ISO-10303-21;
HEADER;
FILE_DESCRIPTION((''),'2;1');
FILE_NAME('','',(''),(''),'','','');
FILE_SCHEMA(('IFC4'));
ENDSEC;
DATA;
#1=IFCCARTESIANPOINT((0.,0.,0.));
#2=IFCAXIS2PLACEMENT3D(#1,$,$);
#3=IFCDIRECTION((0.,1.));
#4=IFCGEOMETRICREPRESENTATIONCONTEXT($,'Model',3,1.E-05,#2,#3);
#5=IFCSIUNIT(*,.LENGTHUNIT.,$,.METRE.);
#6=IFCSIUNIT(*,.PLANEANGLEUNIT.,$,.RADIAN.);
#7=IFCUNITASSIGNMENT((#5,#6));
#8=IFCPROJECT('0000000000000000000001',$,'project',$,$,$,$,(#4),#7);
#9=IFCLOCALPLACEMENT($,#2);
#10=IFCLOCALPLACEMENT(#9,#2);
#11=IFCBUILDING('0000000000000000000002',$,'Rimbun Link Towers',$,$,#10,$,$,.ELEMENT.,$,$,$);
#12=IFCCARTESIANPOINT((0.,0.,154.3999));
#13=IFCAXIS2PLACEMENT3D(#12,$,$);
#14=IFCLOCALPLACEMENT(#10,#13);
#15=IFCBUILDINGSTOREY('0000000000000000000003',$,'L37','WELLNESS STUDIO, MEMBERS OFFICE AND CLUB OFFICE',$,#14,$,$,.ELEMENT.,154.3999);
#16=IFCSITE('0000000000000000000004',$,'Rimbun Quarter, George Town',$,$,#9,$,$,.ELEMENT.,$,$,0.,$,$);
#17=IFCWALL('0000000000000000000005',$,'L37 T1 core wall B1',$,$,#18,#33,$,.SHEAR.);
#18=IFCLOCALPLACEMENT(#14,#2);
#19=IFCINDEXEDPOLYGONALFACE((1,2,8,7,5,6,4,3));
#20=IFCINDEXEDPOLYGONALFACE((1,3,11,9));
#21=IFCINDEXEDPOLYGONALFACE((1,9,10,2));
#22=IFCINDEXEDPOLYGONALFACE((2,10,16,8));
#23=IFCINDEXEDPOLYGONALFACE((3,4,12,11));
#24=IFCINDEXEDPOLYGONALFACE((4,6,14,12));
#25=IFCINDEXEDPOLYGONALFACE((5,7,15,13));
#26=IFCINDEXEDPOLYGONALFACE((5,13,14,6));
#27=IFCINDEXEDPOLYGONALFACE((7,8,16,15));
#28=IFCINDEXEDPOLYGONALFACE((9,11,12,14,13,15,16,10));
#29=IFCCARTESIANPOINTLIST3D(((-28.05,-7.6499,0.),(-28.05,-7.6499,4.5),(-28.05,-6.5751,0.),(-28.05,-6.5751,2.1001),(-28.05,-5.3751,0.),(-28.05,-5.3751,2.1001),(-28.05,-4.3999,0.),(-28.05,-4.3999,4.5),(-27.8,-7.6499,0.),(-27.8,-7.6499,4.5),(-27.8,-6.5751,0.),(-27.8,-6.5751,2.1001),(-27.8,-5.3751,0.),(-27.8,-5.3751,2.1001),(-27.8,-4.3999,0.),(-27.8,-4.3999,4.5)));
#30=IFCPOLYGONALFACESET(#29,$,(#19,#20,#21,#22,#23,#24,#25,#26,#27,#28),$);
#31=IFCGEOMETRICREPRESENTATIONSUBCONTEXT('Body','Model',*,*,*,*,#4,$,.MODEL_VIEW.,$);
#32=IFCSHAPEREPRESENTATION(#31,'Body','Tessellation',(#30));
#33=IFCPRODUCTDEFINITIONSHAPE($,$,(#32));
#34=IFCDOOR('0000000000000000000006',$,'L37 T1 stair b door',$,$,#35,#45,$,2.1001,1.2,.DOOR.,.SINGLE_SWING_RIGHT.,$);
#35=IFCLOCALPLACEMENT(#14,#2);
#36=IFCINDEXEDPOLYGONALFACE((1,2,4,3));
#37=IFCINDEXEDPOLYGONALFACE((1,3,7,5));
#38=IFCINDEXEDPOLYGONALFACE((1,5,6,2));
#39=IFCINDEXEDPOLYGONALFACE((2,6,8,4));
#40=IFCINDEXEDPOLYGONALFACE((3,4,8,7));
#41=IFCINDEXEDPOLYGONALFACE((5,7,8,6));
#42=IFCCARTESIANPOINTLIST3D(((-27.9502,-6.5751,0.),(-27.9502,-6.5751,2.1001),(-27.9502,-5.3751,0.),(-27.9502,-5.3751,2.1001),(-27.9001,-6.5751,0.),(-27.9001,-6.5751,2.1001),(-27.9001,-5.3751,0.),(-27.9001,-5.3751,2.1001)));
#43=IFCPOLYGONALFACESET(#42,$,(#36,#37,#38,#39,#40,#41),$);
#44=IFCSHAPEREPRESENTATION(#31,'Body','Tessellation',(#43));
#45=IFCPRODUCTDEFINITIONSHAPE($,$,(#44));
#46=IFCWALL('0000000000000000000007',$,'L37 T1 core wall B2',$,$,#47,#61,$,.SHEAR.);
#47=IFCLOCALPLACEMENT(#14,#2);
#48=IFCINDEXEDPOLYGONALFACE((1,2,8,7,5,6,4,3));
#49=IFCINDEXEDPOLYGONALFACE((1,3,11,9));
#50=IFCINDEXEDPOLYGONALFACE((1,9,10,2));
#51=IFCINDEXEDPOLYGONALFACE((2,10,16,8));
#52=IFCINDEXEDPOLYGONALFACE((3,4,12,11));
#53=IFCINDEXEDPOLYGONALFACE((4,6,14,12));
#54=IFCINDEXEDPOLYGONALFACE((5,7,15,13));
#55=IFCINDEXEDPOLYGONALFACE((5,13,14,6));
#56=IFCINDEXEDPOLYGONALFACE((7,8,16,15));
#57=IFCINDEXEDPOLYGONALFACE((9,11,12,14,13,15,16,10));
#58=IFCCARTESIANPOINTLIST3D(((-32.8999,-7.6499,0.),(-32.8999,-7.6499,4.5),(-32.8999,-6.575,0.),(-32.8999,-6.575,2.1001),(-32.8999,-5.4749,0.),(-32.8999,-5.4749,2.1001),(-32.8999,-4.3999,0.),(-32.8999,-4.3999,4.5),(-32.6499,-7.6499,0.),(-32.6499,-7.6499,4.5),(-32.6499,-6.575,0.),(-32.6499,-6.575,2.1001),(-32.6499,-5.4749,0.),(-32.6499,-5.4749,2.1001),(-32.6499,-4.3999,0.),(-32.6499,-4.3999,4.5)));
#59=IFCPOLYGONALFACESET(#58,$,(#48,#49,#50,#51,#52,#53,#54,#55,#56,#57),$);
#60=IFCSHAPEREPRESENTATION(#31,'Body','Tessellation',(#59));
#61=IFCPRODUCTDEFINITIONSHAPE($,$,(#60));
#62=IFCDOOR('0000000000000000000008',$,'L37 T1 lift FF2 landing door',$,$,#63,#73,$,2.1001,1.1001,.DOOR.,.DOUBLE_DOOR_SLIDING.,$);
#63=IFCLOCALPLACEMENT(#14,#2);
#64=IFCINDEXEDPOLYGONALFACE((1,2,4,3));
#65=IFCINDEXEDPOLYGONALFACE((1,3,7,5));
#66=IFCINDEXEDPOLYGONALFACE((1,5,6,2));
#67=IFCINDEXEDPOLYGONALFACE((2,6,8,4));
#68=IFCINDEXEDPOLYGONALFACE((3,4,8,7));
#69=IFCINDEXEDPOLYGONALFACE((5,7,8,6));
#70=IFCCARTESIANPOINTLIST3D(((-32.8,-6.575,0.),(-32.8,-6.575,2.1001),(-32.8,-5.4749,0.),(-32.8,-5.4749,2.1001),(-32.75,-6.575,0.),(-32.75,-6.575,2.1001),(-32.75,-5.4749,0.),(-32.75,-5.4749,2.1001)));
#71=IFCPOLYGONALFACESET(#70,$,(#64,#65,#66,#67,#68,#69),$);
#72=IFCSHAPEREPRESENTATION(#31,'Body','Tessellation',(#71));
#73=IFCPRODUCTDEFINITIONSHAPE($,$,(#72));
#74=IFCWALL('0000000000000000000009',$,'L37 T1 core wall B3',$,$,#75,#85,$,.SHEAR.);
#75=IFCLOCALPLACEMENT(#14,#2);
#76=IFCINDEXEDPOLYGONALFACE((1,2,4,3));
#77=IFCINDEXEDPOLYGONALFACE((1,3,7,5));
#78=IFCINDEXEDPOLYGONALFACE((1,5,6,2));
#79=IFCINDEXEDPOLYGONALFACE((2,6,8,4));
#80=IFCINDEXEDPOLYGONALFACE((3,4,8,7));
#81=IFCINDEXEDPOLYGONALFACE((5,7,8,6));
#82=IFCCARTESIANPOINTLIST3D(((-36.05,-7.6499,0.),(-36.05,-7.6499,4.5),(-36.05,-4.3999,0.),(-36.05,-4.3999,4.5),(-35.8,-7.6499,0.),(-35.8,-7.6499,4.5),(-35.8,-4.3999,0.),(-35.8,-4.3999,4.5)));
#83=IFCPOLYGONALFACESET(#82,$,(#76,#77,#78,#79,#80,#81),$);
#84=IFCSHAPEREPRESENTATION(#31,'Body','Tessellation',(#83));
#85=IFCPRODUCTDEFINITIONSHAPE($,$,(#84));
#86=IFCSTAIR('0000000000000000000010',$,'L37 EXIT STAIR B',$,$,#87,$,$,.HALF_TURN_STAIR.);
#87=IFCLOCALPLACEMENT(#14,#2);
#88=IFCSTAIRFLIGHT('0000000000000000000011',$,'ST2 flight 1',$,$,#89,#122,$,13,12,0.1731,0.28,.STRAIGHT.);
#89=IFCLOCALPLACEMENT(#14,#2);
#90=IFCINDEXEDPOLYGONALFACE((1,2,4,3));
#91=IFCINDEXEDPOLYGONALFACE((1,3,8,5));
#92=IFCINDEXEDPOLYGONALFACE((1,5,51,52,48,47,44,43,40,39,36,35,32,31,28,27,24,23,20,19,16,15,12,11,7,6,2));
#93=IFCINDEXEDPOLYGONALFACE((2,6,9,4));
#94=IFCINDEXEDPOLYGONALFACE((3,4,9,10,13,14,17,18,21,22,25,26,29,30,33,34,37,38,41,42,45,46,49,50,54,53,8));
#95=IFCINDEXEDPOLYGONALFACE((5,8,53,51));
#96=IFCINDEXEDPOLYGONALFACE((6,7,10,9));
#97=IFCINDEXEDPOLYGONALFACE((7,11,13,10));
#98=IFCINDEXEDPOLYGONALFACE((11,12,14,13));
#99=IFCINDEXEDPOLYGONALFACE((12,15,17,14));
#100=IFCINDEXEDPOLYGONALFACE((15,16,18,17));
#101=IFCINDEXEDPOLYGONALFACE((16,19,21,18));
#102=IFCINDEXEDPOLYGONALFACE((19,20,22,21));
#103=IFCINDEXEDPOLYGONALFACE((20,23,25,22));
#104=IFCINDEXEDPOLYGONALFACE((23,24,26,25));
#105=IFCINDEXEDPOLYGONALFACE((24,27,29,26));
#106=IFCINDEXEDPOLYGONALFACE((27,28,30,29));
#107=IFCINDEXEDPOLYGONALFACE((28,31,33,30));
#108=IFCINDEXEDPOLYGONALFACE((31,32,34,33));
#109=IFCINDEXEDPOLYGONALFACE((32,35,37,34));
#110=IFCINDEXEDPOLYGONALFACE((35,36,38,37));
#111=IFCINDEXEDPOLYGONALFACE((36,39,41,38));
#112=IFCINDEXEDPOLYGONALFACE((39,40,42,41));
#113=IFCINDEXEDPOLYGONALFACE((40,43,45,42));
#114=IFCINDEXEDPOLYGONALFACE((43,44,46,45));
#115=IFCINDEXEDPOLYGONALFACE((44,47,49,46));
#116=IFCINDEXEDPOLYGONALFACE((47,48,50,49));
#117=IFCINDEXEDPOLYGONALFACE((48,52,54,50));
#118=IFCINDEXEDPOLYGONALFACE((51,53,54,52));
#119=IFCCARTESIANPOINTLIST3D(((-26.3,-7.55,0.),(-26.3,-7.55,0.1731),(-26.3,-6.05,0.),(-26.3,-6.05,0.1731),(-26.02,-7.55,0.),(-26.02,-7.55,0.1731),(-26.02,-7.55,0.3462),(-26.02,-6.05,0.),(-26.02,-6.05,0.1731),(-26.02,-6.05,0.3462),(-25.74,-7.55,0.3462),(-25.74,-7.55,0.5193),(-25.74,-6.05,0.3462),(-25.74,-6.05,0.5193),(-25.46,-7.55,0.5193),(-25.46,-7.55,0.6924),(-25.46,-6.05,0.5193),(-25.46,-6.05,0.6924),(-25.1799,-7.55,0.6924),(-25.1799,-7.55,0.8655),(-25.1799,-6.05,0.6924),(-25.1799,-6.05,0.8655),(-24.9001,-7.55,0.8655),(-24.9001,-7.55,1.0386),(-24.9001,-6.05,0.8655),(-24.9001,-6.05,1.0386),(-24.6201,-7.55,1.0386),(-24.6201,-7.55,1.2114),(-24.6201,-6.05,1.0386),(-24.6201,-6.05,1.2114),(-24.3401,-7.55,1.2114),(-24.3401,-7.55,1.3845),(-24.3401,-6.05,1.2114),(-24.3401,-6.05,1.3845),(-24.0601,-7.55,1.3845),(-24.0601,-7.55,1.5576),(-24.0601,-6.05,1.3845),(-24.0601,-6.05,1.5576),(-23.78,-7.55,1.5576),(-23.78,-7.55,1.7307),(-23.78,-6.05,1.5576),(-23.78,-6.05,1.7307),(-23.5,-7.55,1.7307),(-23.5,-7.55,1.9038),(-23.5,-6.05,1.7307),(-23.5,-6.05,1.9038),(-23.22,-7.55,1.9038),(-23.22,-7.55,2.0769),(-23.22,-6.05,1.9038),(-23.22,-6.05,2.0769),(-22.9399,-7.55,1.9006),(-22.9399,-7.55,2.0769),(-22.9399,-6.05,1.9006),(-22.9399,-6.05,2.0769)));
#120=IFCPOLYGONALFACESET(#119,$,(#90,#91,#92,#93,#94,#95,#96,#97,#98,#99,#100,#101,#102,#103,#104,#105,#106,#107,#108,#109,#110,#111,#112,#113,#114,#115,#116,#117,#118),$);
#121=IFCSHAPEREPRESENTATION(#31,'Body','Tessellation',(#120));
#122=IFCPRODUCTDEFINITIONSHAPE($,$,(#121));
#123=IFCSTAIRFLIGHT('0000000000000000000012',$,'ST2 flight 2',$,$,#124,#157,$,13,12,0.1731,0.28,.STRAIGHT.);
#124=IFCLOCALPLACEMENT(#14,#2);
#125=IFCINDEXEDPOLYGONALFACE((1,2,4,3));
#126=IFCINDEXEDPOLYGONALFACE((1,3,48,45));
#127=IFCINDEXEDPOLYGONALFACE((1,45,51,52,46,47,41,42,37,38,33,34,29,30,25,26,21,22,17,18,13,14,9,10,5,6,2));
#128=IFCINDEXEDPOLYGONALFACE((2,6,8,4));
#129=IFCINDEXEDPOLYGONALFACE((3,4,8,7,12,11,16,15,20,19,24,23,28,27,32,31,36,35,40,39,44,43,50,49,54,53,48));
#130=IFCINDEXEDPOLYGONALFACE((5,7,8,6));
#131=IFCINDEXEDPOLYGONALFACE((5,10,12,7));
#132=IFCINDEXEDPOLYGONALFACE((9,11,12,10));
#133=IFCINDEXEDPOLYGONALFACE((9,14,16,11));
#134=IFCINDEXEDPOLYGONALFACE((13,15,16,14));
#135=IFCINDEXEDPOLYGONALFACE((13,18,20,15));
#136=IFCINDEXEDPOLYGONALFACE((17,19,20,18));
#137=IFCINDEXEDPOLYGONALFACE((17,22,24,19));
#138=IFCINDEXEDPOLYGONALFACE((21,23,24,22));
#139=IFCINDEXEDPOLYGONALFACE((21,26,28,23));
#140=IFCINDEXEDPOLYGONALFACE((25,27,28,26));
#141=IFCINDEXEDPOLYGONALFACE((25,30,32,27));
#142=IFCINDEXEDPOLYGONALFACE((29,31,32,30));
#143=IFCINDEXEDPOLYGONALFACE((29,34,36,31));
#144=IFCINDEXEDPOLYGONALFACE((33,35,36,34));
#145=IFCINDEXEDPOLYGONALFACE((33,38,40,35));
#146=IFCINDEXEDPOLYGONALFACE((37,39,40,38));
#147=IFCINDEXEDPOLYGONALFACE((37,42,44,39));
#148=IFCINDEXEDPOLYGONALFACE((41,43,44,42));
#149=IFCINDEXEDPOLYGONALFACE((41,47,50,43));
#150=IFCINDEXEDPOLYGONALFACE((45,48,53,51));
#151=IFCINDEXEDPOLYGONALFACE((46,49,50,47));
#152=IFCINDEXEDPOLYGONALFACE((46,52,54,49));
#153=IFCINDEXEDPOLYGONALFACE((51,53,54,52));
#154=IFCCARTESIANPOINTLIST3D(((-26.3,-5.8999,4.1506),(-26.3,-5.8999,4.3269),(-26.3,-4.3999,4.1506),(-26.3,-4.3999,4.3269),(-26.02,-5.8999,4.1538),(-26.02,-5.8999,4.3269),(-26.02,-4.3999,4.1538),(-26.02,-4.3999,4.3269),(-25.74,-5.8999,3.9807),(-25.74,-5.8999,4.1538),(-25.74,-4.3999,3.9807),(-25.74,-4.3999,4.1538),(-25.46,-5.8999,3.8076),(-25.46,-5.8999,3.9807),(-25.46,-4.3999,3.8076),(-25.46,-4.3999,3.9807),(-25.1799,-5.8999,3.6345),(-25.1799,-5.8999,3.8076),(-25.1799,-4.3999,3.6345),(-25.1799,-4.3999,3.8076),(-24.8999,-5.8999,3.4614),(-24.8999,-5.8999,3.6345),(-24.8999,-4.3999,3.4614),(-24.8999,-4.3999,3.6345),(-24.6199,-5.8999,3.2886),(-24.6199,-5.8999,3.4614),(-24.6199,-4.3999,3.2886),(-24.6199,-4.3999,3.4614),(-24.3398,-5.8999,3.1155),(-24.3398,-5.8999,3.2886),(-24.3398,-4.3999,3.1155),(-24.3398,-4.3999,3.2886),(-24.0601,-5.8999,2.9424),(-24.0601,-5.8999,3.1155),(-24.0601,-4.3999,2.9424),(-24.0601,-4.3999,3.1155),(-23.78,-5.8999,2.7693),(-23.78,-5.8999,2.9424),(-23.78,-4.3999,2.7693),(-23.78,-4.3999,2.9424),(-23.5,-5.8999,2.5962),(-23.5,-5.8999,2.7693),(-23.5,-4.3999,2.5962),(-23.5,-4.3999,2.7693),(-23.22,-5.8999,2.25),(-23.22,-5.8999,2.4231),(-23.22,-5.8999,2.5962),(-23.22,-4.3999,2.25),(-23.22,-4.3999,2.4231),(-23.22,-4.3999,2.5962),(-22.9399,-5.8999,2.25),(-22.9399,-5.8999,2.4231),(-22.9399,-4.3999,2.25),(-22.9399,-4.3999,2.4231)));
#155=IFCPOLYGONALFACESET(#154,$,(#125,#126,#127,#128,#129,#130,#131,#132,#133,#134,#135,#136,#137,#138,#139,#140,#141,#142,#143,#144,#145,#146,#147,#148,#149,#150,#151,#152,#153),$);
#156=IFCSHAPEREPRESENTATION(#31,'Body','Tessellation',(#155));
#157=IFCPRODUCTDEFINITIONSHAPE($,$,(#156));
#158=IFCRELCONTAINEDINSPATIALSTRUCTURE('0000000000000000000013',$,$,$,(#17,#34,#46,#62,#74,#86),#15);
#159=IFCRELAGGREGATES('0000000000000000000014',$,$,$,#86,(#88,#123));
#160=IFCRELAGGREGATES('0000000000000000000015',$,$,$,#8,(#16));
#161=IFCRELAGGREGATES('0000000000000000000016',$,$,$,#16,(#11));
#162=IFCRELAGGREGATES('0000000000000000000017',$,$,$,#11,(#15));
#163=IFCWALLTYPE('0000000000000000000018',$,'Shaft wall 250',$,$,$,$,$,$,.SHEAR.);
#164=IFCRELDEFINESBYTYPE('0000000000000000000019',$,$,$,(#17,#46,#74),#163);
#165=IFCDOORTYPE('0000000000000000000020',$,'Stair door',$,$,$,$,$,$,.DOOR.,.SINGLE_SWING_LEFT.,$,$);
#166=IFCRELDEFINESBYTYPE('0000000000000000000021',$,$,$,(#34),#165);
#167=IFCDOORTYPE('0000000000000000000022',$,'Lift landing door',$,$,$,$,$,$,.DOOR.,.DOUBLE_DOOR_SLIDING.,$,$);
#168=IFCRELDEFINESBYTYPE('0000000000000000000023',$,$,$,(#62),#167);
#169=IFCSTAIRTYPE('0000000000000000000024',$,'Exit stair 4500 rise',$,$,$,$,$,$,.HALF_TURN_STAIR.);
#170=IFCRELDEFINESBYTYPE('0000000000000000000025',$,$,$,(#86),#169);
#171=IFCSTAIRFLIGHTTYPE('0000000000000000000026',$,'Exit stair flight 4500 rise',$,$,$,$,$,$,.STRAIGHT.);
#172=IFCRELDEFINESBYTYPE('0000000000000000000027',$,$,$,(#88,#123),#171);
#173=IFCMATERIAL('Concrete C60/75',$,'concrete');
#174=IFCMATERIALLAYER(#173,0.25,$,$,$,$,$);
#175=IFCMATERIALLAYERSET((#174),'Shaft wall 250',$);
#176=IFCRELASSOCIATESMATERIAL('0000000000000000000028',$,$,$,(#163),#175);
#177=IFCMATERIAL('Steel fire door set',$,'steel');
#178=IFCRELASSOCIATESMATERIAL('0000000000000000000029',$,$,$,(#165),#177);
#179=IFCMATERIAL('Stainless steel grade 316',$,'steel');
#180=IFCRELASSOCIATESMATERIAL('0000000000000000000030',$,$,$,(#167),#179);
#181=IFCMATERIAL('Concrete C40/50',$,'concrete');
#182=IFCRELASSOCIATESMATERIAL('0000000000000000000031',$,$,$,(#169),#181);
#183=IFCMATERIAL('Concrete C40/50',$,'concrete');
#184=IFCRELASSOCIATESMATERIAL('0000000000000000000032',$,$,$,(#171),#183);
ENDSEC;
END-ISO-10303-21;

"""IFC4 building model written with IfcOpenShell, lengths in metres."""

from ifc_helpers import new_model, si_unit, direction, frame, frame_2d, origin, place, context, subcontext, project, spatial, polyline, rectangle, outline, extrude, material, layer, layer_set, type_object, element, fill, aggregate, save


model = new_model("IFC4")

# Units and contexts
model_context = context("Model", 3, precision=1e-05, world=origin(), true_north=direction((0.0, 1.0)))
body_context = subcontext(model_context, "Body", "Model", "MODEL_VIEW")
ifc_project = project(units=[si_unit("LENGTHUNIT", "METRE"), si_unit("PLANEANGLEUNIT", "RADIAN")], contexts=[model_context])

# Site, building, storey
site_placement = place(None, origin())
site = spatial("IfcSite", under=ifc_project, at=site_placement, Name="Rimbun Quarter, George Town", CompositionType="ELEMENT", RefElevation=0.0)
building_placement = place(site_placement, origin())
building = spatial("IfcBuilding", under=site, at=building_placement, Name="Rimbun Link Towers", CompositionType="ELEMENT")
storey_placement = place(building_placement, frame((0.0, 0.0, 154.3999)))
storey = spatial("IfcBuildingStorey", under=building, at=storey_placement, Name="L37", Description="WELLNESS STUDIO, MEMBERS OFFICE AND CLUB OFFICE", CompositionType="ELEMENT", Elevation=154.3999)

# Shared definitions
ifc_material_1 = material(Name="Concrete C60/75", Category="concrete")
ifc_layer_1 = layer(ifc_material_1, 0.25)
ifc_layer_set_1 = layer_set([ifc_layer_1], Name="Shaft wall 250")
wall_type = type_object("IfcWallType", Name="Shaft wall 250", PredefinedType="SHEAR", material=ifc_layer_set_1)

# Walls, openings, doors
wall_1_placement = place(storey_placement, frame((-27.925, -4.3999, 0.0), z_axis=(0.0, 0.0, 1.0), x_axis=(0.0, -1.0, 0.0)))
wall_1 = element("IfcWall", 1, at=wall_1_placement, inside=storey, type_object=wall_type, Name="L37 T1 core wall B1", PredefinedType="SHEAR", context=body_context, shape_type="SweptSolid", body=[
    extrude(rectangle(XDim=3.25, YDim=0.25, at=frame_2d((1.625, 0.0))), origin(), (0.0, 0.0, 1.0), 4.5),
])
opening_1_placement = place(wall_1_placement, frame((0.9751, 0.0, 0.0)))
opening_1 = element("IfcOpeningElement", 2, at=opening_1_placement, cuts=wall_1, PredefinedType="OPENING", context=body_context, shape_type="SweptSolid", body=[
    extrude(rectangle(XDim=1.2, YDim=2.1001, at=frame_2d((0.6001, 1.05))), frame((0.0, 0.135, 0.0), z_axis=(0.0, -1.0, 0.0), x_axis=(1.0, 0.0, 0.0)), (0.0, 0.0, 1.0), 0.27),
])
ifc_material_2 = material(Name="Steel fire door set", Category="steel")
door_type_1 = type_object("IfcDoorType", Name="Stair door", OperationType="SINGLE_SWING_LEFT", PredefinedType="DOOR", material=ifc_material_2)
door_1_placement = place(opening_1_placement, origin())
door_1 = element("IfcDoor", 3, at=door_1_placement, inside=storey, type_object=door_type_1, Name="L37 T1 stair b door", OperationType="SINGLE_SWING_RIGHT", OverallHeight=2.1001, OverallWidth=1.2, PredefinedType="DOOR", context=body_context, shape_type="SweptSolid", body=[
    extrude(rectangle(XDim=1.2, YDim=2.1001, at=frame_2d((0.6001, 1.05))), frame((0.0, 0.0249, 0.0), z_axis=(0.0, -1.0, 0.0), x_axis=(1.0, 0.0, 0.0)), (0.0, 0.0, 1.0), 0.05),
])
fill(opening_1, door_1)
wall_2_placement = place(storey_placement, frame((-32.7749, -4.3999, 0.0), z_axis=(0.0, 0.0, 1.0), x_axis=(0.0, -1.0, 0.0)))
wall_2 = element("IfcWall", 4, at=wall_2_placement, inside=storey, type_object=wall_type, Name="L37 T1 core wall B2", PredefinedType="SHEAR", context=body_context, shape_type="SweptSolid", body=[
    extrude(rectangle(XDim=3.25, YDim=0.25, at=frame_2d((1.625, 0.0))), origin(), (0.0, 0.0, 1.0), 4.5),
])
opening_2_placement = place(wall_2_placement, frame((1.075, 0.0, 0.0)))
opening_2 = element("IfcOpeningElement", 5, at=opening_2_placement, cuts=wall_2, PredefinedType="OPENING", context=body_context, shape_type="SweptSolid", body=[
    extrude(rectangle(XDim=1.1001, YDim=2.1001, at=frame_2d((0.55, 1.05))), frame((0.0, 0.135, 0.0), z_axis=(0.0, -1.0, 0.0), x_axis=(1.0, 0.0, 0.0)), (0.0, 0.0, 1.0), 0.27),
])
ifc_material_3 = material(Name="Stainless steel grade 316", Category="steel")
door_type_2 = type_object("IfcDoorType", Name="Lift landing door", OperationType="DOUBLE_DOOR_SLIDING", PredefinedType="DOOR", material=ifc_material_3)
door_2_placement = place(opening_2_placement, origin())
door_2 = element("IfcDoor", 6, at=door_2_placement, inside=storey, type_object=door_type_2, Name="L37 T1 lift FF2 landing door", OperationType="DOUBLE_DOOR_SLIDING", OverallHeight=2.1001, OverallWidth=1.1001, PredefinedType="DOOR", context=body_context, shape_type="SweptSolid", body=[
    extrude(rectangle(XDim=1.1001, YDim=2.1001, at=frame_2d((0.55, 1.05))), frame((0.0, 0.0249, 0.0), z_axis=(0.0, -1.0, 0.0), x_axis=(1.0, 0.0, 0.0)), (0.0, 0.0, 1.0), 0.05),
])
fill(opening_2, door_2)

# Wall
wall_3_placement = place(storey_placement, frame((-35.925, -4.3999, 0.0), z_axis=(0.0, 0.0, 1.0), x_axis=(0.0, -1.0, 0.0)))
element("IfcWall", 7, at=wall_3_placement, inside=storey, type_object=wall_type, Name="L37 T1 core wall B3", PredefinedType="SHEAR", context=body_context, shape_type="SweptSolid", body=[
    extrude(rectangle(XDim=3.25, YDim=0.25, at=frame_2d((1.625, 0.0))), origin(), (0.0, 0.0, 1.0), 4.5),
])

# Stair, stair flights
ifc_material_4 = material(Name="Concrete C40/50", Category="concrete")
stair_type = type_object("IfcStairType", Name="Exit stair 4500 rise", PredefinedType="HALF_TURN_STAIR", material=ifc_material_4)
stair_placement = place(storey_placement, origin())
stair = element("IfcStair", 8, at=stair_placement, inside=storey, type_object=stair_type, Name="L37 EXIT STAIR B", PredefinedType="HALF_TURN_STAIR")
ifc_material_5 = material(Name="Concrete C40/50", Category="concrete")
stair_flight_type = type_object("IfcStairFlightType", Name="Exit stair flight 4500 rise", PredefinedType="STRAIGHT", material=ifc_material_5)
stair_flight_1_placement = place(storey_placement, frame((-26.3, -6.8, 0.0), z_axis=(0.0, 0.0, 1.0), x_axis=(1.0, 0.0, 0.0)))
stair_flight_1 = element("IfcStairFlight", 9, at=stair_flight_1_placement, type_object=stair_flight_type, Name="ST2 flight 1", NumberOfRisers=13, NumberOfTreads=12, PredefinedType="STRAIGHT", RiserHeight=0.1731, TreadLength=0.28, context=body_context, shape_type="SweptSolid", body=[
    extrude(outline(polyline([(0.0, 0.0), (0.0, 0.1731), (0.28, 0.1731), (0.28, 0.3462), (0.5601, 0.3462), (0.5601, 0.5193), (0.8401, 0.5193), (0.8401, 0.6924), (1.1201, 0.6924), (1.1201, 0.8655), (1.3999, 0.8655), (1.3999, 1.0386), (1.6799, 1.0386), (1.6799, 1.2114), (1.96, 1.2114), (1.96, 1.3845), (2.24, 1.3845), (2.24, 1.5576), (2.52, 1.5576), (2.52, 1.7307), (2.8, 1.7307), (2.8, 1.9038), (3.0801, 1.9038), (3.0801, 2.0769), (3.3601, 2.0769), (3.3601, 2.25), (3.3601, 1.9006), (0.28, 0.0), (0.0, 0.0)])), frame((0.0, 0.75, 0.0), z_axis=(0.0, -1.0, 0.0), x_axis=(1.0, 0.0, 0.0)), (0.0, 0.0, 1.0), 1.5),
])
stair_flight_2_placement = place(storey_placement, frame((-22.9399, -5.1499, 2.25), z_axis=(0.0, 0.0, 1.0), x_axis=(-1.0, 0.0, 0.0)))
stair_flight_2 = element("IfcStairFlight", 10, at=stair_flight_2_placement, type_object=stair_flight_type, Name="ST2 flight 2", NumberOfRisers=13, NumberOfTreads=12, PredefinedType="STRAIGHT", RiserHeight=0.1731, TreadLength=0.28, context=body_context, shape_type="SweptSolid", body=[
    extrude(outline(polyline([(0.0, 0.0), (0.0, 0.1731), (0.28, 0.1731), (0.28, 0.3462), (0.5601, 0.3462), (0.5601, 0.5193), (0.8401, 0.5193), (0.8401, 0.6924), (1.1201, 0.6924), (1.1201, 0.8655), (1.3999, 0.8655), (1.3999, 1.0386), (1.6799, 1.0386), (1.6799, 1.2114), (1.96, 1.2114), (1.96, 1.3845), (2.24, 1.3845), (2.24, 1.5576), (2.52, 1.5576), (2.52, 1.7307), (2.8, 1.7307), (2.8, 1.9038), (3.0801, 1.9038), (3.0801, 2.0769), (3.3601, 2.0769), (3.3601, 2.25), (3.3601, 1.9006), (0.28, 0.0), (0.0, 0.0)])), frame((0.0, 0.75, 0.0), z_axis=(0.0, -1.0, 0.0), x_axis=(1.0, 0.0, 0.0)), (0.0, 0.0, 1.0), 1.5),
])
aggregate(stair, [stair_flight_1, stair_flight_2])

save(model, "model.ifc")
